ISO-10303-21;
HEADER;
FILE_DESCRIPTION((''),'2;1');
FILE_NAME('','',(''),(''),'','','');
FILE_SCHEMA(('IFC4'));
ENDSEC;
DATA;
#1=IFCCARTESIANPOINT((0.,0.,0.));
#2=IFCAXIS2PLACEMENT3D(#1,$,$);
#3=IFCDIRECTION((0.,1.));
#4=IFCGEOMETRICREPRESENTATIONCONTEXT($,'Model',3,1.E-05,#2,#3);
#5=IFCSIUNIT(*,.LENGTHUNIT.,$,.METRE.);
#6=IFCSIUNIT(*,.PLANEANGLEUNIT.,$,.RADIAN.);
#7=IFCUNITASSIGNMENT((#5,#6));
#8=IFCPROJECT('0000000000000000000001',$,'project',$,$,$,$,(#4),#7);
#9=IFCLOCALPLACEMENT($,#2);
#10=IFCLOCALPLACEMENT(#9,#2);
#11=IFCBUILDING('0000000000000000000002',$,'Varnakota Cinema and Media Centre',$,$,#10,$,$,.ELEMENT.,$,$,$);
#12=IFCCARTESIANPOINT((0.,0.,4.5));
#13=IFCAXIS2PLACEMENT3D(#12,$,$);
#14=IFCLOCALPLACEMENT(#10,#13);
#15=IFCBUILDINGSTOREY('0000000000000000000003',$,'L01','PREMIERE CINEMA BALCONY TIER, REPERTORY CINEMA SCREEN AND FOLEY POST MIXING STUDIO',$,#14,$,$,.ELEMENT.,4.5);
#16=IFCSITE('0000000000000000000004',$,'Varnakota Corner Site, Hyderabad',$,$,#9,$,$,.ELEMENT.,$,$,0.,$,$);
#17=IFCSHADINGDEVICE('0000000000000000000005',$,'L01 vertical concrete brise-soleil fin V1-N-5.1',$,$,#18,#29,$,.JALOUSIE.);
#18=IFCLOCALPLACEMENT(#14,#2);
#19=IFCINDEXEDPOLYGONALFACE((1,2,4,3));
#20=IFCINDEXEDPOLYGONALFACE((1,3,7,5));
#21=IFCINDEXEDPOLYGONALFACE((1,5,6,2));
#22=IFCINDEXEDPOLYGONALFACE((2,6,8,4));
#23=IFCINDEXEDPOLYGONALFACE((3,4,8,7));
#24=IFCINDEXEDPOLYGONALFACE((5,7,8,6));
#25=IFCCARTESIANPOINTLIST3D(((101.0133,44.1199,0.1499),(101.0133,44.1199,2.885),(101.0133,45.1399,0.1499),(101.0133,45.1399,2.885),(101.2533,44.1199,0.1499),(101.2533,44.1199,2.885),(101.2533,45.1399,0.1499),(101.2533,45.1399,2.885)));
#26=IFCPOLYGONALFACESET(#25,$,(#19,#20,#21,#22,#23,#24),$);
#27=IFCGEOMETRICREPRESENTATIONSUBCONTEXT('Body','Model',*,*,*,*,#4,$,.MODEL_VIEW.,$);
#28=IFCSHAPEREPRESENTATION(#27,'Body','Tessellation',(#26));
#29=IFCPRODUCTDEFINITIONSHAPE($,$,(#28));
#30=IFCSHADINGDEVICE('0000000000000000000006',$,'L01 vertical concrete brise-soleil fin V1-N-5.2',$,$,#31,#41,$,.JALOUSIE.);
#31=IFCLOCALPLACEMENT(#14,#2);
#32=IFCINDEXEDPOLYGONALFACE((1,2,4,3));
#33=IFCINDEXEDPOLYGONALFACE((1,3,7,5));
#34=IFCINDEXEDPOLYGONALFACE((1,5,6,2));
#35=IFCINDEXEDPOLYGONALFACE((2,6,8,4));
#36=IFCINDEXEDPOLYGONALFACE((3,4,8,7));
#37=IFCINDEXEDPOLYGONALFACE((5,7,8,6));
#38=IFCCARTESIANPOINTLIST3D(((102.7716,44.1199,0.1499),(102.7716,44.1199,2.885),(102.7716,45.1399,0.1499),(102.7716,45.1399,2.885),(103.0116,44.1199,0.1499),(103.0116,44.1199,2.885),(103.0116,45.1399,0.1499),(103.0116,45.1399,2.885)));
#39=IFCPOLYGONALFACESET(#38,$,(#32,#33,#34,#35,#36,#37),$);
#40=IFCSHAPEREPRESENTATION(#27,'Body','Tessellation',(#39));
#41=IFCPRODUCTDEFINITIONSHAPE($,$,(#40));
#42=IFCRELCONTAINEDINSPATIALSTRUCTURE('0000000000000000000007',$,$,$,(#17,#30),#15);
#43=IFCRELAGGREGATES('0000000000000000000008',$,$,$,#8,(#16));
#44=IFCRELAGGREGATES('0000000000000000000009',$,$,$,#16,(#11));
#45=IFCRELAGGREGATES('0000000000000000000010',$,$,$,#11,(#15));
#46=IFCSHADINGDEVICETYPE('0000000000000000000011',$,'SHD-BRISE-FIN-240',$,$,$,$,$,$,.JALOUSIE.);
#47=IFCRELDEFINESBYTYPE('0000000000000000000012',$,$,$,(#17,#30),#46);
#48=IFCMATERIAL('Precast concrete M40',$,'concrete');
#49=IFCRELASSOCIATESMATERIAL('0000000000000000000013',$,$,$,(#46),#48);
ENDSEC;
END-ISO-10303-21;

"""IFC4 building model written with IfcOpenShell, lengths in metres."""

from ifc_helpers import new_model, si_unit, direction, frame, origin, origin_2d, place, context, subcontext, project, spatial, rectangle, extrude, material, type_object, element, save


model = new_model("IFC4")

# Units and contexts
model_context = context("Model", 3, precision=1e-05, world=origin(), true_north=direction((0.0, 1.0)))
body_context = subcontext(model_context, "Body", "Model", "MODEL_VIEW")
ifc_project = project(units=[si_unit("LENGTHUNIT", "METRE"), si_unit("PLANEANGLEUNIT", "RADIAN")], contexts=[model_context])

# Site, building, storey
site_placement = place(None, origin())
site = spatial("IfcSite", under=ifc_project, at=site_placement, Name="Varnakota Corner Site, Hyderabad", CompositionType="ELEMENT", RefElevation=0.0)
building_placement = place(site_placement, origin())
building = spatial("IfcBuilding", under=site, at=building_placement, Name="Varnakota Cinema and Media Centre", CompositionType="ELEMENT")
storey_placement = place(building_placement, frame((0.0, 0.0, 4.5)))
storey = spatial("IfcBuildingStorey", under=building, at=storey_placement, Name="L01", Description="PREMIERE CINEMA BALCONY TIER, REPERTORY CINEMA SCREEN AND FOLEY POST MIXING STUDIO", CompositionType="ELEMENT", Elevation=4.5)

# Shading devices
ifc_material_1 = material(Name="Precast concrete M40", Category="concrete")
shading_device_type = type_object("IfcShadingDeviceType", Name="SHD-BRISE-FIN-240", PredefinedType="JALOUSIE", material=ifc_material_1)
for number, where, z_axis, x_axis, name in (
    (1, (101.1333, 44.6299, 0.1499), (0.0, 0.0, 1.0), (1.0, 0.0, 0.0), "L01 vertical concrete brise-soleil fin V1-N-5.1"),
    (2, (102.8916, 44.6299, 0.1499), (0.0, 0.0, 1.0), (1.0, 0.0, 0.0), "L01 vertical concrete brise-soleil fin V1-N-5.2"),
):
    element("IfcShadingDevice", number, at=place(storey_placement, frame(where, z_axis=z_axis, x_axis=x_axis)), inside=storey, type_object=shading_device_type, Name=name, PredefinedType="JALOUSIE", context=body_context, shape_type="SweptSolid", body=[
        extrude(rectangle(XDim=0.24, YDim=1.02, at=origin_2d()), origin(), (0.0, 0.0, 1.0), 2.7351),
    ])

save(model, "model.ifc")
